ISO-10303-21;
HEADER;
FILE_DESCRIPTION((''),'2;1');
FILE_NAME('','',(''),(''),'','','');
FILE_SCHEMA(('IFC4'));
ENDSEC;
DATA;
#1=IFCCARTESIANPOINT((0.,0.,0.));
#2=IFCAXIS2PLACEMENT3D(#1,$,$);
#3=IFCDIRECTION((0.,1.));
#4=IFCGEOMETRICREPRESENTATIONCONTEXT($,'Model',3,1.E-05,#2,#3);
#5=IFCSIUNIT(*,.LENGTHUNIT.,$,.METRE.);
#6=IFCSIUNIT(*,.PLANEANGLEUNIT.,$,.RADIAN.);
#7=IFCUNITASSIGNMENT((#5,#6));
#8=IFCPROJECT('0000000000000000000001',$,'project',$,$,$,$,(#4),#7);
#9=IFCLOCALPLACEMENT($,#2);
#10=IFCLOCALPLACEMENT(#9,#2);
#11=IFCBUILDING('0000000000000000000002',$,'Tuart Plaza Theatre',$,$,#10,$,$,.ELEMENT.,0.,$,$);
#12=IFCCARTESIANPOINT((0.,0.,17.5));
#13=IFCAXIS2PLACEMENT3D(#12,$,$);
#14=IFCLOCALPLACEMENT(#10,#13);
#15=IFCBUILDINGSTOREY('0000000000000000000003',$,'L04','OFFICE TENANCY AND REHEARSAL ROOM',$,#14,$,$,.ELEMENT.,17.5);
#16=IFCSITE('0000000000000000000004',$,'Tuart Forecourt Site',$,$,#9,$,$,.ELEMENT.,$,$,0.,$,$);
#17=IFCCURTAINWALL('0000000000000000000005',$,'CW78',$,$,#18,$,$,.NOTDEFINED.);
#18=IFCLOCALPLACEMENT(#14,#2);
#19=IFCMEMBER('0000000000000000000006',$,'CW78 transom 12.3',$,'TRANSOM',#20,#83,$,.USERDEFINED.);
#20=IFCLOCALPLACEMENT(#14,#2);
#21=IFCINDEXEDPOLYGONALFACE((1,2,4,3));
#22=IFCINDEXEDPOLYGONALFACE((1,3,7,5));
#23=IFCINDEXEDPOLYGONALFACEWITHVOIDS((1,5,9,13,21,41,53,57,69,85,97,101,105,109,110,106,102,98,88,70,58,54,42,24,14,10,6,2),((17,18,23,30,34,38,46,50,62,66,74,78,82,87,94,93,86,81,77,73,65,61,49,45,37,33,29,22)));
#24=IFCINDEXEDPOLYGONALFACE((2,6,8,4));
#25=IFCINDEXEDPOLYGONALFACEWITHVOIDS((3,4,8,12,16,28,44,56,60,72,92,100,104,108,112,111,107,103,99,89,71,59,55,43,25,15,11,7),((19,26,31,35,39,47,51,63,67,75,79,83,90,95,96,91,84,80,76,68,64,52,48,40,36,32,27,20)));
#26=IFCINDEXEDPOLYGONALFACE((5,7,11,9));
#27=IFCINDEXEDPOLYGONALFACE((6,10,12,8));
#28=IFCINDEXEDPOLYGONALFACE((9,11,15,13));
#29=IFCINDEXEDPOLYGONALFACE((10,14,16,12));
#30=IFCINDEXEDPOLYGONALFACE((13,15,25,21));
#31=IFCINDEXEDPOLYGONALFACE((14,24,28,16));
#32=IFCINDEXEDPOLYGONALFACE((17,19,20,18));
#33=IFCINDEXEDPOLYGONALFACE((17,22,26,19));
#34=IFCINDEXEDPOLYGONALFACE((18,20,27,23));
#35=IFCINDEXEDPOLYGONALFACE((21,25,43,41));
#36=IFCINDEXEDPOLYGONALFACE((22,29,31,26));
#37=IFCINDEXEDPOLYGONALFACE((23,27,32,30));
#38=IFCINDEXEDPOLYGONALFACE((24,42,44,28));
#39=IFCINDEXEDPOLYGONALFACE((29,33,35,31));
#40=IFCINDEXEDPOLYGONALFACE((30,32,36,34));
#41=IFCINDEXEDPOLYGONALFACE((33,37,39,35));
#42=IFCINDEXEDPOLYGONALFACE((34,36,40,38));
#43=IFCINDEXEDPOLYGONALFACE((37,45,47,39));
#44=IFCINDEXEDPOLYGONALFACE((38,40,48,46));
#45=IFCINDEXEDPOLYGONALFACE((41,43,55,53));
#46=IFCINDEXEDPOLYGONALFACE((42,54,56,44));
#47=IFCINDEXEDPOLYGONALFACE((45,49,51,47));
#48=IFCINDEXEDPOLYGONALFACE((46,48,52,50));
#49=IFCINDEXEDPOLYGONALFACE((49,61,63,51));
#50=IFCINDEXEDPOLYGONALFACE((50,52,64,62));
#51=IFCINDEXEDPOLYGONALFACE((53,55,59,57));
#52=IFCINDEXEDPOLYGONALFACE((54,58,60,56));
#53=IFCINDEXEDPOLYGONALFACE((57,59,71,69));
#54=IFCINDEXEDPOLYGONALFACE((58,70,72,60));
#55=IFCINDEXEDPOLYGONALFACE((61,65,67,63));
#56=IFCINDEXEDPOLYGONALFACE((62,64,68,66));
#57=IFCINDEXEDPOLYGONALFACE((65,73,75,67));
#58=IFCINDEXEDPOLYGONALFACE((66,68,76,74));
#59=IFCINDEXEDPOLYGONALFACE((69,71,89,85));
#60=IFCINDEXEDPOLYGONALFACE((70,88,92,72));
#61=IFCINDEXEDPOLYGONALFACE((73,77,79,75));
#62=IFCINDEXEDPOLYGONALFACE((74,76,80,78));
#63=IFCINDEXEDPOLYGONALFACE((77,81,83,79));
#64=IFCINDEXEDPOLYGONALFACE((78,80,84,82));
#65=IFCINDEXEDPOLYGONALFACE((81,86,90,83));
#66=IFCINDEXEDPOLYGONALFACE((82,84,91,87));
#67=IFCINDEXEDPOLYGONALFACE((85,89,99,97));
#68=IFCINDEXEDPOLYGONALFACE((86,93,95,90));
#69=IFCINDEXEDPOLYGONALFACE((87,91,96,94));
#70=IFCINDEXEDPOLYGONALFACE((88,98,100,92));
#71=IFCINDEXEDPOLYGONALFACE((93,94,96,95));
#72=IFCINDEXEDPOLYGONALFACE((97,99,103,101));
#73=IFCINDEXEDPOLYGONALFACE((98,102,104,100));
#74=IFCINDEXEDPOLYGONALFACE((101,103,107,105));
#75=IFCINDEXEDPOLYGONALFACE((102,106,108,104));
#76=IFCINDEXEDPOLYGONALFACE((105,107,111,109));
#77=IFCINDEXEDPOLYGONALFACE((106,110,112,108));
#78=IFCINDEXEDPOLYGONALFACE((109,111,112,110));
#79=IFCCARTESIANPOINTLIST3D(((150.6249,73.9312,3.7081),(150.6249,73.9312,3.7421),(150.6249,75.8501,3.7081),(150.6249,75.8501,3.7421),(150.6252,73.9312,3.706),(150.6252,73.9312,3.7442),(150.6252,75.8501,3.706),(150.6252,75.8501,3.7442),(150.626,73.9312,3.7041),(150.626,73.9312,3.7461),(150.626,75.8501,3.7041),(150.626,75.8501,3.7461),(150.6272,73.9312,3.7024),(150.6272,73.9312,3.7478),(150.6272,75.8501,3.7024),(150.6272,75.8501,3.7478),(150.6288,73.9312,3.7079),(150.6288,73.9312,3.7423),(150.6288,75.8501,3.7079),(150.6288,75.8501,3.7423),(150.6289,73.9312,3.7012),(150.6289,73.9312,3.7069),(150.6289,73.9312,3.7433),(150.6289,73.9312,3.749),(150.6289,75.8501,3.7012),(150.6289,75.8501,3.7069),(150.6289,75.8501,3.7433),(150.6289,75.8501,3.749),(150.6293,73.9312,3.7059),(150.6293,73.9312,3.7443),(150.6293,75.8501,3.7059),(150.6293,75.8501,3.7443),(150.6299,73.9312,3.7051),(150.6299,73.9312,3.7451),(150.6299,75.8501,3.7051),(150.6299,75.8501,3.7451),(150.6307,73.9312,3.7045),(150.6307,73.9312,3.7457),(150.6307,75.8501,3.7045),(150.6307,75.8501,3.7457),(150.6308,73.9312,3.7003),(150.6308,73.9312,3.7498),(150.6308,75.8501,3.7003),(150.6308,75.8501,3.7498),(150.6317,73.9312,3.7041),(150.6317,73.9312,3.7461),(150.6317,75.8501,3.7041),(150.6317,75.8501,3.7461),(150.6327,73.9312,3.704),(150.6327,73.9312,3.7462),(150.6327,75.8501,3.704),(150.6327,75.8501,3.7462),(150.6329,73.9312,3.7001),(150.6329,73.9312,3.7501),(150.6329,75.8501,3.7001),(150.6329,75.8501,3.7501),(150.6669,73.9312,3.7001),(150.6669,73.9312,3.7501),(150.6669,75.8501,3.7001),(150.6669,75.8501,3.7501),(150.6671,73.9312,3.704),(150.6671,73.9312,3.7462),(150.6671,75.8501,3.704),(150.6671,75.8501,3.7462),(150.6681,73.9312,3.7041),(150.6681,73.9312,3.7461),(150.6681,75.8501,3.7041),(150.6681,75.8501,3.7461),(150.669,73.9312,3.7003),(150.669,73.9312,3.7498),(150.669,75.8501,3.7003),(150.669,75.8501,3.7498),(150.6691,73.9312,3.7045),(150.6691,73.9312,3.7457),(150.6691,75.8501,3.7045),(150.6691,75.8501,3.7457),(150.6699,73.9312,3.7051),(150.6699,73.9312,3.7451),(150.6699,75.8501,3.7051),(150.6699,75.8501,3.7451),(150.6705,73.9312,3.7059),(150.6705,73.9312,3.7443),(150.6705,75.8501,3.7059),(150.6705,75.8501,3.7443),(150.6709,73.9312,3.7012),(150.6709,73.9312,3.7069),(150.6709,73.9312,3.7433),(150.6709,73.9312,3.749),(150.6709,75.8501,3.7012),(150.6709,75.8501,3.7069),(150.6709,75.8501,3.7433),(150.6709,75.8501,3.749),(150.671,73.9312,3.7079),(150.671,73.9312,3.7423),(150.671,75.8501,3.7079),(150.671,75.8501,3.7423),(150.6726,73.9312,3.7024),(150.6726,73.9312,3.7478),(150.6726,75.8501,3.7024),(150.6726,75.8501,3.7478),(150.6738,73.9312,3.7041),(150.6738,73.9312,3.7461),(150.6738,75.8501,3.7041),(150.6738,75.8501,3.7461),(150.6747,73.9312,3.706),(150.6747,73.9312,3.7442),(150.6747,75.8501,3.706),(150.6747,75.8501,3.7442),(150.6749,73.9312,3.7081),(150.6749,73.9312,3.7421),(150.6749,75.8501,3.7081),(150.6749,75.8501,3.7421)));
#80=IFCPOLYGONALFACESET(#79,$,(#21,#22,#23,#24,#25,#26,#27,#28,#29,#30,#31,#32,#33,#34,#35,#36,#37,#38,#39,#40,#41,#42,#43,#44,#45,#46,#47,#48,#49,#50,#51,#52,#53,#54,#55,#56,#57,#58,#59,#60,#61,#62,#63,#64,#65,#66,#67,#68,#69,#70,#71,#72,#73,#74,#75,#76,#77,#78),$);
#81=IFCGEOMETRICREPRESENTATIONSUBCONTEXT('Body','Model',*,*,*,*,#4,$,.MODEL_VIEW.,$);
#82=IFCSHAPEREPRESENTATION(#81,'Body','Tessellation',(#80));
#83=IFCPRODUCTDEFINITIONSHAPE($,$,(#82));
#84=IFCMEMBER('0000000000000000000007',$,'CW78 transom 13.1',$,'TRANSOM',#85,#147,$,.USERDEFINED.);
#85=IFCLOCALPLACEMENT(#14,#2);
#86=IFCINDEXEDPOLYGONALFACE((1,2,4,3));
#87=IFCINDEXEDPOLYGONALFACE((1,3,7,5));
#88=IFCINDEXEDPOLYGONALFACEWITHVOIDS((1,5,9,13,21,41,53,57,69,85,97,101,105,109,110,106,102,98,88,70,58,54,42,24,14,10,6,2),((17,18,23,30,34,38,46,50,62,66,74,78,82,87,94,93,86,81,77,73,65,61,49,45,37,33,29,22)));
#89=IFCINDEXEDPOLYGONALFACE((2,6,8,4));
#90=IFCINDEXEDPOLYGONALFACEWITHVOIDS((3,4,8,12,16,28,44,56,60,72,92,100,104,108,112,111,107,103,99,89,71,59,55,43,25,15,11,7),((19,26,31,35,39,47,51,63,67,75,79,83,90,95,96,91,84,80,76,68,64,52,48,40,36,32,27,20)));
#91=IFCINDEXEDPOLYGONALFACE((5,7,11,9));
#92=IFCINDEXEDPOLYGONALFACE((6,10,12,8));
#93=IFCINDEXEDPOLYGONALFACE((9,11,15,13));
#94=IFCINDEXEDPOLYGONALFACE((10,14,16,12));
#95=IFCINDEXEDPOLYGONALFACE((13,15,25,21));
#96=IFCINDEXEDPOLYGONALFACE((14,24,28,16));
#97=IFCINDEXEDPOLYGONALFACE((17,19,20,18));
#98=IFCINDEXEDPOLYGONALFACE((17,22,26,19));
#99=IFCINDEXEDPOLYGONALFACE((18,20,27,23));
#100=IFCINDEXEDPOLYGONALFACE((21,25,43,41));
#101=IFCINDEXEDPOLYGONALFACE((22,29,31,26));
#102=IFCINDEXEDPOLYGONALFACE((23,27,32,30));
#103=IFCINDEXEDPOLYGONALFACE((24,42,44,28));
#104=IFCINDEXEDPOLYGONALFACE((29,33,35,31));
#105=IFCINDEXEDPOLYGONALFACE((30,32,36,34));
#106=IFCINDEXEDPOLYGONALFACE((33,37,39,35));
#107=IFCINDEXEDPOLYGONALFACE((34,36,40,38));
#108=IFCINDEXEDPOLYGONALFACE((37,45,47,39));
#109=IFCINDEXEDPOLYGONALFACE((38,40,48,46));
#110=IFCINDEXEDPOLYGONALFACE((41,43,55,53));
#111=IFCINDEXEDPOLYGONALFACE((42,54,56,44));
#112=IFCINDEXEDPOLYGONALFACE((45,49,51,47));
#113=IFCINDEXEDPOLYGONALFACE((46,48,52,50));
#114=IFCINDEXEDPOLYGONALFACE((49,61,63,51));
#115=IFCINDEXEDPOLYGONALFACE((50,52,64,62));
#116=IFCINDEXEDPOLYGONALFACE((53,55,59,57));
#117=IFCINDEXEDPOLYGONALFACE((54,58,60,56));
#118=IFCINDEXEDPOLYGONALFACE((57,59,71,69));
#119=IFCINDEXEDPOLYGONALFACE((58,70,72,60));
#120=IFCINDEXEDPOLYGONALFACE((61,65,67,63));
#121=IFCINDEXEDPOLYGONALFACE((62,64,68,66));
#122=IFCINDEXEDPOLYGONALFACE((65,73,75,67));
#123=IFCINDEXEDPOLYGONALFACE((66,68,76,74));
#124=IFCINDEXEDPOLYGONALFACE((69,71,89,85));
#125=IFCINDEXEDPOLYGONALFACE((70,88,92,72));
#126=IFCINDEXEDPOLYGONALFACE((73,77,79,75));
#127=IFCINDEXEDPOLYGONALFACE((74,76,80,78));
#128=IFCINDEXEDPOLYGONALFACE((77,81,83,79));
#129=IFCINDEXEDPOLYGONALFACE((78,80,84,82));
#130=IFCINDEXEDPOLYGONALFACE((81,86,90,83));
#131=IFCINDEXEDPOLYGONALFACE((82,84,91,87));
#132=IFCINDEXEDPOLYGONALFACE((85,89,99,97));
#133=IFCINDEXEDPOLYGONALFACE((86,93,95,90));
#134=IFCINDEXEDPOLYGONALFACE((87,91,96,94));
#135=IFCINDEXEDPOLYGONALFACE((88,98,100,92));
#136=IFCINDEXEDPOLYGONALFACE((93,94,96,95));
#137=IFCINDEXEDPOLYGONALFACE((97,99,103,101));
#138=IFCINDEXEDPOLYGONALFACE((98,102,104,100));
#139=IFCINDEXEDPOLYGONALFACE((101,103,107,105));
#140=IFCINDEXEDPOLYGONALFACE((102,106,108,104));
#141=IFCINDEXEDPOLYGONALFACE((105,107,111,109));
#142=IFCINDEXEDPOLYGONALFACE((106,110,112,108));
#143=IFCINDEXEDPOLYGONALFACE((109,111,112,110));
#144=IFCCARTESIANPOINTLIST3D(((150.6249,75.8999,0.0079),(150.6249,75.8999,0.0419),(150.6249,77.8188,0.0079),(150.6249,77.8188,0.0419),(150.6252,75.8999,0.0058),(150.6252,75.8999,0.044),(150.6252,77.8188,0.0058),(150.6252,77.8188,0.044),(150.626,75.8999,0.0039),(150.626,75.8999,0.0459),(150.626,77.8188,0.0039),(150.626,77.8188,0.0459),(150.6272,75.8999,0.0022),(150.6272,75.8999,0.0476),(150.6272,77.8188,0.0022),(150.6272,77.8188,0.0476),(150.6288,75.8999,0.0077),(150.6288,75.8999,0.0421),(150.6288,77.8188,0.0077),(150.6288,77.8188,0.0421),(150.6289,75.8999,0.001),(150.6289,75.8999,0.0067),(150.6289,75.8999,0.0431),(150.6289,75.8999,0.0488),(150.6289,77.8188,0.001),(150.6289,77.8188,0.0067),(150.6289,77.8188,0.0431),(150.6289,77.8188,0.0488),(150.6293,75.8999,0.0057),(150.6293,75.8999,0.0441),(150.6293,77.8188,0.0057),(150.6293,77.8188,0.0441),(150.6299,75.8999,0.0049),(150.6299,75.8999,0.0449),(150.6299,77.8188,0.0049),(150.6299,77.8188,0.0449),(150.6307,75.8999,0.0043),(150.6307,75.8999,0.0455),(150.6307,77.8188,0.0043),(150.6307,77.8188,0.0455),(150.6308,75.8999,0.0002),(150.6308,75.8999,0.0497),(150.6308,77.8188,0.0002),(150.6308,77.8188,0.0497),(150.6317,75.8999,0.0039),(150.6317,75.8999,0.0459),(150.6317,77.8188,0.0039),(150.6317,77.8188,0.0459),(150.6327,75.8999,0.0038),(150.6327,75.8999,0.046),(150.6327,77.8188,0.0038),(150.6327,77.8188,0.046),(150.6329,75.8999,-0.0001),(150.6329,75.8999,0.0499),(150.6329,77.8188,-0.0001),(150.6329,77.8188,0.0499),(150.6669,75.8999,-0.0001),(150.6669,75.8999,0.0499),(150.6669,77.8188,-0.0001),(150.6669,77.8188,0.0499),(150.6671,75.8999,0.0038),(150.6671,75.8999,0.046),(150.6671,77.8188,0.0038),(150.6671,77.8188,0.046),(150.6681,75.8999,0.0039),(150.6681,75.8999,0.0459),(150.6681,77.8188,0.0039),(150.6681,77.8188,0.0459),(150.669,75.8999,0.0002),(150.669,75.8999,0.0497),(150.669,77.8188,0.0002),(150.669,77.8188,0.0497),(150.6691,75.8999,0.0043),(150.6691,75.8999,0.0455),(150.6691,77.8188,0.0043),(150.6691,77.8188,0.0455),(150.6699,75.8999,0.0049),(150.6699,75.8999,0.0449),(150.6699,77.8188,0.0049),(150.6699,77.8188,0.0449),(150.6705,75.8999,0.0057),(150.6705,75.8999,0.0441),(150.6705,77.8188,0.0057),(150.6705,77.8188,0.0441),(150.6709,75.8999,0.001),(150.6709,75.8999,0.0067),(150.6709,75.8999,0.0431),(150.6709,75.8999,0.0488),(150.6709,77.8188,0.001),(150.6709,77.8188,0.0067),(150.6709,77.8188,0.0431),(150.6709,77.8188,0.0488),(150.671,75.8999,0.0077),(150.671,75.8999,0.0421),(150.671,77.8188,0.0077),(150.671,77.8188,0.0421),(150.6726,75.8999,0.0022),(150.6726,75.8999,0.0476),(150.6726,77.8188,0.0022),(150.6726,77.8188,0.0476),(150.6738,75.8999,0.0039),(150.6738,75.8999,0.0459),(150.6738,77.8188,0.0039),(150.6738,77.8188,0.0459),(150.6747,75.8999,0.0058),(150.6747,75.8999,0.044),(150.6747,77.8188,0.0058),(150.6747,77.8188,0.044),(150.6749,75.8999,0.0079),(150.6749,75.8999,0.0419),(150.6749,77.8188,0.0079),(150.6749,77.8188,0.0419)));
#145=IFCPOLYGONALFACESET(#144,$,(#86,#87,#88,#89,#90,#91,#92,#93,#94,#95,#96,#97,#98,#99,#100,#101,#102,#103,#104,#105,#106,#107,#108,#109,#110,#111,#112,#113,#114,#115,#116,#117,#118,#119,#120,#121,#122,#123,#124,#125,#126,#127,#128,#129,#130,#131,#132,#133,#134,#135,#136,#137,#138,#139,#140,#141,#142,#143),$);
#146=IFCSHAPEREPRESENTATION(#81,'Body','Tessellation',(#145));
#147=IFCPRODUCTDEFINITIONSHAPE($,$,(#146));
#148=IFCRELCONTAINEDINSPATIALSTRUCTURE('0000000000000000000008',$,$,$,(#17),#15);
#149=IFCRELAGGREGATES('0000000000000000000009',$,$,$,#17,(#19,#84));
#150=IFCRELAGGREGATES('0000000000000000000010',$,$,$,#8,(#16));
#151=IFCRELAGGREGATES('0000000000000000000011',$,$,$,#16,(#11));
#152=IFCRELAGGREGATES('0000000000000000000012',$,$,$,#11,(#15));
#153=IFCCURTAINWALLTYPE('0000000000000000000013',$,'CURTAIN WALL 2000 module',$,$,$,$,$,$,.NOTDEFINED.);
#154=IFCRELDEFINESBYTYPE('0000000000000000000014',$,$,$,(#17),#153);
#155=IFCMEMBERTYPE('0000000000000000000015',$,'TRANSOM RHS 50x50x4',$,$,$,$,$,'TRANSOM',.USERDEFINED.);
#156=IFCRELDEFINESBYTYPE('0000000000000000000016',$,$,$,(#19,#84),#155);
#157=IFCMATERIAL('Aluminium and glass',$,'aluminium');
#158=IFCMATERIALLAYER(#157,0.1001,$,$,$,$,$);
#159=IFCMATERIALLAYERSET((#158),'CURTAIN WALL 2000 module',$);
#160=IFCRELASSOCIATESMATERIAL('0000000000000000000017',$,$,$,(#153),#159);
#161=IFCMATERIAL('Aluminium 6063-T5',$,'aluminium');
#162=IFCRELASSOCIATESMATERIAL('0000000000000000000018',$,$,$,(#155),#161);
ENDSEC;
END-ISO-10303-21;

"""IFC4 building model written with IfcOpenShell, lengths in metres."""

from ifc_helpers import new_model, si_unit, direction, frame, origin, origin_2d, place, context, subcontext, project, spatial, hollow_rectangle, extrude, material, layer, layer_set, material_profile, profile_set, type_object, element, aggregate, save


model = new_model("IFC4")

# Units and contexts
model_context = context("Model", 3, precision=1e-05, world=origin(), true_north=direction((0.0, 1.0)))
body_context = subcontext(model_context, "Body", "Model", "MODEL_VIEW")
ifc_project = project(units=[si_unit("LENGTHUNIT", "METRE"), si_unit("PLANEANGLEUNIT", "RADIAN")], contexts=[model_context])

# Site, building, storey
site_placement = place(None, origin())
site = spatial("IfcSite", under=ifc_project, at=site_placement, Name="Tuart Forecourt Site", CompositionType="ELEMENT", RefElevation=0.0)
building_placement = place(site_placement, origin())
building = spatial("IfcBuilding", under=site, at=building_placement, Name="Tuart Plaza Theatre", CompositionType="ELEMENT", ElevationOfRefHeight=0.0)
storey_placement = place(building_placement, frame((0.0, 0.0, 17.5)))
storey = spatial("IfcBuildingStorey", under=building, at=storey_placement, Name="L04", Description="OFFICE TENANCY AND REHEARSAL ROOM", CompositionType="ELEMENT", Elevation=17.5)

# Curtain wall
ifc_material_1 = material(Name="Aluminium and glass", Category="aluminium")
ifc_layer_1 = layer(ifc_material_1, 0.1001)
ifc_layer_set_1 = layer_set([ifc_layer_1], Name="CURTAIN WALL 2000 module")
curtain_wall_type = type_object("IfcCurtainWallType", Name="CURTAIN WALL 2000 module", PredefinedType="NOTDEFINED", material=ifc_layer_set_1)
curtain_wall_1_placement = place(storey_placement, origin())
curtain_wall_1 = element("IfcCurtainWall", 1, at=curtain_wall_1_placement, inside=storey, type_object=curtain_wall_type, Name="CW78", PredefinedType="NOTDEFINED")

# Members
ifc_material_2 = material(Name="Aluminium 6063-T5", Category="aluminium")
ifc_material_profile_1 = material_profile(ifc_material_2, hollow_rectangle(XDim=0.05, YDim=0.05, WallThickness=0.0039, InnerFilletRadius=0.0039, OuterFilletRadius=0.0081, at=origin_2d()), Name="RHS 50x50x4")
ifc_profile_set_1 = profile_set([ifc_material_profile_1], Name="Aluminium 6063-T5")
member_type_1 = type_object("IfcMemberType", Name="TRANSOM RHS 50x50x4", ElementType="TRANSOM", PredefinedType="USERDEFINED", material=ifc_profile_set_1)
member_1_placement = place(storey_placement, frame((150.6499, 73.9312, 3.7251), z_axis=(0.0, 1.0, 0.0), x_axis=(-1.0, 0.0, 0.0)))
member_1 = element("IfcMember", 2, at=member_1_placement, type_object=member_type_1, Name="CW78 transom 12.3", ObjectType="TRANSOM", PredefinedType="USERDEFINED", context=body_context, shape_type="SweptSolid", body=[
    extrude(hollow_rectangle(XDim=0.05, YDim=0.05, WallThickness=0.0039, InnerFilletRadius=0.0039, OuterFilletRadius=0.0081, at=origin_2d()), origin(), (0.0, 0.0, 1.0), 1.9189),
])
member_2_placement = place(storey_placement, frame((150.6499, 75.8999, 0.0249), z_axis=(0.0, 1.0, 0.0), x_axis=(-1.0, 0.0, 0.0)))
member_2 = element("IfcMember", 3, at=member_2_placement, type_object=member_type_1, Name="CW78 transom 13.1", ObjectType="TRANSOM", PredefinedType="USERDEFINED", context=body_context, shape_type="SweptSolid", body=[
    extrude(hollow_rectangle(XDim=0.05, YDim=0.05, WallThickness=0.0039, InnerFilletRadius=0.0039, OuterFilletRadius=0.0081, at=origin_2d()), origin(), (0.0, 0.0, 1.0), 1.9189),
])

aggregate(curtain_wall_1, [member_1, member_2])

save(model, "model.ifc")
